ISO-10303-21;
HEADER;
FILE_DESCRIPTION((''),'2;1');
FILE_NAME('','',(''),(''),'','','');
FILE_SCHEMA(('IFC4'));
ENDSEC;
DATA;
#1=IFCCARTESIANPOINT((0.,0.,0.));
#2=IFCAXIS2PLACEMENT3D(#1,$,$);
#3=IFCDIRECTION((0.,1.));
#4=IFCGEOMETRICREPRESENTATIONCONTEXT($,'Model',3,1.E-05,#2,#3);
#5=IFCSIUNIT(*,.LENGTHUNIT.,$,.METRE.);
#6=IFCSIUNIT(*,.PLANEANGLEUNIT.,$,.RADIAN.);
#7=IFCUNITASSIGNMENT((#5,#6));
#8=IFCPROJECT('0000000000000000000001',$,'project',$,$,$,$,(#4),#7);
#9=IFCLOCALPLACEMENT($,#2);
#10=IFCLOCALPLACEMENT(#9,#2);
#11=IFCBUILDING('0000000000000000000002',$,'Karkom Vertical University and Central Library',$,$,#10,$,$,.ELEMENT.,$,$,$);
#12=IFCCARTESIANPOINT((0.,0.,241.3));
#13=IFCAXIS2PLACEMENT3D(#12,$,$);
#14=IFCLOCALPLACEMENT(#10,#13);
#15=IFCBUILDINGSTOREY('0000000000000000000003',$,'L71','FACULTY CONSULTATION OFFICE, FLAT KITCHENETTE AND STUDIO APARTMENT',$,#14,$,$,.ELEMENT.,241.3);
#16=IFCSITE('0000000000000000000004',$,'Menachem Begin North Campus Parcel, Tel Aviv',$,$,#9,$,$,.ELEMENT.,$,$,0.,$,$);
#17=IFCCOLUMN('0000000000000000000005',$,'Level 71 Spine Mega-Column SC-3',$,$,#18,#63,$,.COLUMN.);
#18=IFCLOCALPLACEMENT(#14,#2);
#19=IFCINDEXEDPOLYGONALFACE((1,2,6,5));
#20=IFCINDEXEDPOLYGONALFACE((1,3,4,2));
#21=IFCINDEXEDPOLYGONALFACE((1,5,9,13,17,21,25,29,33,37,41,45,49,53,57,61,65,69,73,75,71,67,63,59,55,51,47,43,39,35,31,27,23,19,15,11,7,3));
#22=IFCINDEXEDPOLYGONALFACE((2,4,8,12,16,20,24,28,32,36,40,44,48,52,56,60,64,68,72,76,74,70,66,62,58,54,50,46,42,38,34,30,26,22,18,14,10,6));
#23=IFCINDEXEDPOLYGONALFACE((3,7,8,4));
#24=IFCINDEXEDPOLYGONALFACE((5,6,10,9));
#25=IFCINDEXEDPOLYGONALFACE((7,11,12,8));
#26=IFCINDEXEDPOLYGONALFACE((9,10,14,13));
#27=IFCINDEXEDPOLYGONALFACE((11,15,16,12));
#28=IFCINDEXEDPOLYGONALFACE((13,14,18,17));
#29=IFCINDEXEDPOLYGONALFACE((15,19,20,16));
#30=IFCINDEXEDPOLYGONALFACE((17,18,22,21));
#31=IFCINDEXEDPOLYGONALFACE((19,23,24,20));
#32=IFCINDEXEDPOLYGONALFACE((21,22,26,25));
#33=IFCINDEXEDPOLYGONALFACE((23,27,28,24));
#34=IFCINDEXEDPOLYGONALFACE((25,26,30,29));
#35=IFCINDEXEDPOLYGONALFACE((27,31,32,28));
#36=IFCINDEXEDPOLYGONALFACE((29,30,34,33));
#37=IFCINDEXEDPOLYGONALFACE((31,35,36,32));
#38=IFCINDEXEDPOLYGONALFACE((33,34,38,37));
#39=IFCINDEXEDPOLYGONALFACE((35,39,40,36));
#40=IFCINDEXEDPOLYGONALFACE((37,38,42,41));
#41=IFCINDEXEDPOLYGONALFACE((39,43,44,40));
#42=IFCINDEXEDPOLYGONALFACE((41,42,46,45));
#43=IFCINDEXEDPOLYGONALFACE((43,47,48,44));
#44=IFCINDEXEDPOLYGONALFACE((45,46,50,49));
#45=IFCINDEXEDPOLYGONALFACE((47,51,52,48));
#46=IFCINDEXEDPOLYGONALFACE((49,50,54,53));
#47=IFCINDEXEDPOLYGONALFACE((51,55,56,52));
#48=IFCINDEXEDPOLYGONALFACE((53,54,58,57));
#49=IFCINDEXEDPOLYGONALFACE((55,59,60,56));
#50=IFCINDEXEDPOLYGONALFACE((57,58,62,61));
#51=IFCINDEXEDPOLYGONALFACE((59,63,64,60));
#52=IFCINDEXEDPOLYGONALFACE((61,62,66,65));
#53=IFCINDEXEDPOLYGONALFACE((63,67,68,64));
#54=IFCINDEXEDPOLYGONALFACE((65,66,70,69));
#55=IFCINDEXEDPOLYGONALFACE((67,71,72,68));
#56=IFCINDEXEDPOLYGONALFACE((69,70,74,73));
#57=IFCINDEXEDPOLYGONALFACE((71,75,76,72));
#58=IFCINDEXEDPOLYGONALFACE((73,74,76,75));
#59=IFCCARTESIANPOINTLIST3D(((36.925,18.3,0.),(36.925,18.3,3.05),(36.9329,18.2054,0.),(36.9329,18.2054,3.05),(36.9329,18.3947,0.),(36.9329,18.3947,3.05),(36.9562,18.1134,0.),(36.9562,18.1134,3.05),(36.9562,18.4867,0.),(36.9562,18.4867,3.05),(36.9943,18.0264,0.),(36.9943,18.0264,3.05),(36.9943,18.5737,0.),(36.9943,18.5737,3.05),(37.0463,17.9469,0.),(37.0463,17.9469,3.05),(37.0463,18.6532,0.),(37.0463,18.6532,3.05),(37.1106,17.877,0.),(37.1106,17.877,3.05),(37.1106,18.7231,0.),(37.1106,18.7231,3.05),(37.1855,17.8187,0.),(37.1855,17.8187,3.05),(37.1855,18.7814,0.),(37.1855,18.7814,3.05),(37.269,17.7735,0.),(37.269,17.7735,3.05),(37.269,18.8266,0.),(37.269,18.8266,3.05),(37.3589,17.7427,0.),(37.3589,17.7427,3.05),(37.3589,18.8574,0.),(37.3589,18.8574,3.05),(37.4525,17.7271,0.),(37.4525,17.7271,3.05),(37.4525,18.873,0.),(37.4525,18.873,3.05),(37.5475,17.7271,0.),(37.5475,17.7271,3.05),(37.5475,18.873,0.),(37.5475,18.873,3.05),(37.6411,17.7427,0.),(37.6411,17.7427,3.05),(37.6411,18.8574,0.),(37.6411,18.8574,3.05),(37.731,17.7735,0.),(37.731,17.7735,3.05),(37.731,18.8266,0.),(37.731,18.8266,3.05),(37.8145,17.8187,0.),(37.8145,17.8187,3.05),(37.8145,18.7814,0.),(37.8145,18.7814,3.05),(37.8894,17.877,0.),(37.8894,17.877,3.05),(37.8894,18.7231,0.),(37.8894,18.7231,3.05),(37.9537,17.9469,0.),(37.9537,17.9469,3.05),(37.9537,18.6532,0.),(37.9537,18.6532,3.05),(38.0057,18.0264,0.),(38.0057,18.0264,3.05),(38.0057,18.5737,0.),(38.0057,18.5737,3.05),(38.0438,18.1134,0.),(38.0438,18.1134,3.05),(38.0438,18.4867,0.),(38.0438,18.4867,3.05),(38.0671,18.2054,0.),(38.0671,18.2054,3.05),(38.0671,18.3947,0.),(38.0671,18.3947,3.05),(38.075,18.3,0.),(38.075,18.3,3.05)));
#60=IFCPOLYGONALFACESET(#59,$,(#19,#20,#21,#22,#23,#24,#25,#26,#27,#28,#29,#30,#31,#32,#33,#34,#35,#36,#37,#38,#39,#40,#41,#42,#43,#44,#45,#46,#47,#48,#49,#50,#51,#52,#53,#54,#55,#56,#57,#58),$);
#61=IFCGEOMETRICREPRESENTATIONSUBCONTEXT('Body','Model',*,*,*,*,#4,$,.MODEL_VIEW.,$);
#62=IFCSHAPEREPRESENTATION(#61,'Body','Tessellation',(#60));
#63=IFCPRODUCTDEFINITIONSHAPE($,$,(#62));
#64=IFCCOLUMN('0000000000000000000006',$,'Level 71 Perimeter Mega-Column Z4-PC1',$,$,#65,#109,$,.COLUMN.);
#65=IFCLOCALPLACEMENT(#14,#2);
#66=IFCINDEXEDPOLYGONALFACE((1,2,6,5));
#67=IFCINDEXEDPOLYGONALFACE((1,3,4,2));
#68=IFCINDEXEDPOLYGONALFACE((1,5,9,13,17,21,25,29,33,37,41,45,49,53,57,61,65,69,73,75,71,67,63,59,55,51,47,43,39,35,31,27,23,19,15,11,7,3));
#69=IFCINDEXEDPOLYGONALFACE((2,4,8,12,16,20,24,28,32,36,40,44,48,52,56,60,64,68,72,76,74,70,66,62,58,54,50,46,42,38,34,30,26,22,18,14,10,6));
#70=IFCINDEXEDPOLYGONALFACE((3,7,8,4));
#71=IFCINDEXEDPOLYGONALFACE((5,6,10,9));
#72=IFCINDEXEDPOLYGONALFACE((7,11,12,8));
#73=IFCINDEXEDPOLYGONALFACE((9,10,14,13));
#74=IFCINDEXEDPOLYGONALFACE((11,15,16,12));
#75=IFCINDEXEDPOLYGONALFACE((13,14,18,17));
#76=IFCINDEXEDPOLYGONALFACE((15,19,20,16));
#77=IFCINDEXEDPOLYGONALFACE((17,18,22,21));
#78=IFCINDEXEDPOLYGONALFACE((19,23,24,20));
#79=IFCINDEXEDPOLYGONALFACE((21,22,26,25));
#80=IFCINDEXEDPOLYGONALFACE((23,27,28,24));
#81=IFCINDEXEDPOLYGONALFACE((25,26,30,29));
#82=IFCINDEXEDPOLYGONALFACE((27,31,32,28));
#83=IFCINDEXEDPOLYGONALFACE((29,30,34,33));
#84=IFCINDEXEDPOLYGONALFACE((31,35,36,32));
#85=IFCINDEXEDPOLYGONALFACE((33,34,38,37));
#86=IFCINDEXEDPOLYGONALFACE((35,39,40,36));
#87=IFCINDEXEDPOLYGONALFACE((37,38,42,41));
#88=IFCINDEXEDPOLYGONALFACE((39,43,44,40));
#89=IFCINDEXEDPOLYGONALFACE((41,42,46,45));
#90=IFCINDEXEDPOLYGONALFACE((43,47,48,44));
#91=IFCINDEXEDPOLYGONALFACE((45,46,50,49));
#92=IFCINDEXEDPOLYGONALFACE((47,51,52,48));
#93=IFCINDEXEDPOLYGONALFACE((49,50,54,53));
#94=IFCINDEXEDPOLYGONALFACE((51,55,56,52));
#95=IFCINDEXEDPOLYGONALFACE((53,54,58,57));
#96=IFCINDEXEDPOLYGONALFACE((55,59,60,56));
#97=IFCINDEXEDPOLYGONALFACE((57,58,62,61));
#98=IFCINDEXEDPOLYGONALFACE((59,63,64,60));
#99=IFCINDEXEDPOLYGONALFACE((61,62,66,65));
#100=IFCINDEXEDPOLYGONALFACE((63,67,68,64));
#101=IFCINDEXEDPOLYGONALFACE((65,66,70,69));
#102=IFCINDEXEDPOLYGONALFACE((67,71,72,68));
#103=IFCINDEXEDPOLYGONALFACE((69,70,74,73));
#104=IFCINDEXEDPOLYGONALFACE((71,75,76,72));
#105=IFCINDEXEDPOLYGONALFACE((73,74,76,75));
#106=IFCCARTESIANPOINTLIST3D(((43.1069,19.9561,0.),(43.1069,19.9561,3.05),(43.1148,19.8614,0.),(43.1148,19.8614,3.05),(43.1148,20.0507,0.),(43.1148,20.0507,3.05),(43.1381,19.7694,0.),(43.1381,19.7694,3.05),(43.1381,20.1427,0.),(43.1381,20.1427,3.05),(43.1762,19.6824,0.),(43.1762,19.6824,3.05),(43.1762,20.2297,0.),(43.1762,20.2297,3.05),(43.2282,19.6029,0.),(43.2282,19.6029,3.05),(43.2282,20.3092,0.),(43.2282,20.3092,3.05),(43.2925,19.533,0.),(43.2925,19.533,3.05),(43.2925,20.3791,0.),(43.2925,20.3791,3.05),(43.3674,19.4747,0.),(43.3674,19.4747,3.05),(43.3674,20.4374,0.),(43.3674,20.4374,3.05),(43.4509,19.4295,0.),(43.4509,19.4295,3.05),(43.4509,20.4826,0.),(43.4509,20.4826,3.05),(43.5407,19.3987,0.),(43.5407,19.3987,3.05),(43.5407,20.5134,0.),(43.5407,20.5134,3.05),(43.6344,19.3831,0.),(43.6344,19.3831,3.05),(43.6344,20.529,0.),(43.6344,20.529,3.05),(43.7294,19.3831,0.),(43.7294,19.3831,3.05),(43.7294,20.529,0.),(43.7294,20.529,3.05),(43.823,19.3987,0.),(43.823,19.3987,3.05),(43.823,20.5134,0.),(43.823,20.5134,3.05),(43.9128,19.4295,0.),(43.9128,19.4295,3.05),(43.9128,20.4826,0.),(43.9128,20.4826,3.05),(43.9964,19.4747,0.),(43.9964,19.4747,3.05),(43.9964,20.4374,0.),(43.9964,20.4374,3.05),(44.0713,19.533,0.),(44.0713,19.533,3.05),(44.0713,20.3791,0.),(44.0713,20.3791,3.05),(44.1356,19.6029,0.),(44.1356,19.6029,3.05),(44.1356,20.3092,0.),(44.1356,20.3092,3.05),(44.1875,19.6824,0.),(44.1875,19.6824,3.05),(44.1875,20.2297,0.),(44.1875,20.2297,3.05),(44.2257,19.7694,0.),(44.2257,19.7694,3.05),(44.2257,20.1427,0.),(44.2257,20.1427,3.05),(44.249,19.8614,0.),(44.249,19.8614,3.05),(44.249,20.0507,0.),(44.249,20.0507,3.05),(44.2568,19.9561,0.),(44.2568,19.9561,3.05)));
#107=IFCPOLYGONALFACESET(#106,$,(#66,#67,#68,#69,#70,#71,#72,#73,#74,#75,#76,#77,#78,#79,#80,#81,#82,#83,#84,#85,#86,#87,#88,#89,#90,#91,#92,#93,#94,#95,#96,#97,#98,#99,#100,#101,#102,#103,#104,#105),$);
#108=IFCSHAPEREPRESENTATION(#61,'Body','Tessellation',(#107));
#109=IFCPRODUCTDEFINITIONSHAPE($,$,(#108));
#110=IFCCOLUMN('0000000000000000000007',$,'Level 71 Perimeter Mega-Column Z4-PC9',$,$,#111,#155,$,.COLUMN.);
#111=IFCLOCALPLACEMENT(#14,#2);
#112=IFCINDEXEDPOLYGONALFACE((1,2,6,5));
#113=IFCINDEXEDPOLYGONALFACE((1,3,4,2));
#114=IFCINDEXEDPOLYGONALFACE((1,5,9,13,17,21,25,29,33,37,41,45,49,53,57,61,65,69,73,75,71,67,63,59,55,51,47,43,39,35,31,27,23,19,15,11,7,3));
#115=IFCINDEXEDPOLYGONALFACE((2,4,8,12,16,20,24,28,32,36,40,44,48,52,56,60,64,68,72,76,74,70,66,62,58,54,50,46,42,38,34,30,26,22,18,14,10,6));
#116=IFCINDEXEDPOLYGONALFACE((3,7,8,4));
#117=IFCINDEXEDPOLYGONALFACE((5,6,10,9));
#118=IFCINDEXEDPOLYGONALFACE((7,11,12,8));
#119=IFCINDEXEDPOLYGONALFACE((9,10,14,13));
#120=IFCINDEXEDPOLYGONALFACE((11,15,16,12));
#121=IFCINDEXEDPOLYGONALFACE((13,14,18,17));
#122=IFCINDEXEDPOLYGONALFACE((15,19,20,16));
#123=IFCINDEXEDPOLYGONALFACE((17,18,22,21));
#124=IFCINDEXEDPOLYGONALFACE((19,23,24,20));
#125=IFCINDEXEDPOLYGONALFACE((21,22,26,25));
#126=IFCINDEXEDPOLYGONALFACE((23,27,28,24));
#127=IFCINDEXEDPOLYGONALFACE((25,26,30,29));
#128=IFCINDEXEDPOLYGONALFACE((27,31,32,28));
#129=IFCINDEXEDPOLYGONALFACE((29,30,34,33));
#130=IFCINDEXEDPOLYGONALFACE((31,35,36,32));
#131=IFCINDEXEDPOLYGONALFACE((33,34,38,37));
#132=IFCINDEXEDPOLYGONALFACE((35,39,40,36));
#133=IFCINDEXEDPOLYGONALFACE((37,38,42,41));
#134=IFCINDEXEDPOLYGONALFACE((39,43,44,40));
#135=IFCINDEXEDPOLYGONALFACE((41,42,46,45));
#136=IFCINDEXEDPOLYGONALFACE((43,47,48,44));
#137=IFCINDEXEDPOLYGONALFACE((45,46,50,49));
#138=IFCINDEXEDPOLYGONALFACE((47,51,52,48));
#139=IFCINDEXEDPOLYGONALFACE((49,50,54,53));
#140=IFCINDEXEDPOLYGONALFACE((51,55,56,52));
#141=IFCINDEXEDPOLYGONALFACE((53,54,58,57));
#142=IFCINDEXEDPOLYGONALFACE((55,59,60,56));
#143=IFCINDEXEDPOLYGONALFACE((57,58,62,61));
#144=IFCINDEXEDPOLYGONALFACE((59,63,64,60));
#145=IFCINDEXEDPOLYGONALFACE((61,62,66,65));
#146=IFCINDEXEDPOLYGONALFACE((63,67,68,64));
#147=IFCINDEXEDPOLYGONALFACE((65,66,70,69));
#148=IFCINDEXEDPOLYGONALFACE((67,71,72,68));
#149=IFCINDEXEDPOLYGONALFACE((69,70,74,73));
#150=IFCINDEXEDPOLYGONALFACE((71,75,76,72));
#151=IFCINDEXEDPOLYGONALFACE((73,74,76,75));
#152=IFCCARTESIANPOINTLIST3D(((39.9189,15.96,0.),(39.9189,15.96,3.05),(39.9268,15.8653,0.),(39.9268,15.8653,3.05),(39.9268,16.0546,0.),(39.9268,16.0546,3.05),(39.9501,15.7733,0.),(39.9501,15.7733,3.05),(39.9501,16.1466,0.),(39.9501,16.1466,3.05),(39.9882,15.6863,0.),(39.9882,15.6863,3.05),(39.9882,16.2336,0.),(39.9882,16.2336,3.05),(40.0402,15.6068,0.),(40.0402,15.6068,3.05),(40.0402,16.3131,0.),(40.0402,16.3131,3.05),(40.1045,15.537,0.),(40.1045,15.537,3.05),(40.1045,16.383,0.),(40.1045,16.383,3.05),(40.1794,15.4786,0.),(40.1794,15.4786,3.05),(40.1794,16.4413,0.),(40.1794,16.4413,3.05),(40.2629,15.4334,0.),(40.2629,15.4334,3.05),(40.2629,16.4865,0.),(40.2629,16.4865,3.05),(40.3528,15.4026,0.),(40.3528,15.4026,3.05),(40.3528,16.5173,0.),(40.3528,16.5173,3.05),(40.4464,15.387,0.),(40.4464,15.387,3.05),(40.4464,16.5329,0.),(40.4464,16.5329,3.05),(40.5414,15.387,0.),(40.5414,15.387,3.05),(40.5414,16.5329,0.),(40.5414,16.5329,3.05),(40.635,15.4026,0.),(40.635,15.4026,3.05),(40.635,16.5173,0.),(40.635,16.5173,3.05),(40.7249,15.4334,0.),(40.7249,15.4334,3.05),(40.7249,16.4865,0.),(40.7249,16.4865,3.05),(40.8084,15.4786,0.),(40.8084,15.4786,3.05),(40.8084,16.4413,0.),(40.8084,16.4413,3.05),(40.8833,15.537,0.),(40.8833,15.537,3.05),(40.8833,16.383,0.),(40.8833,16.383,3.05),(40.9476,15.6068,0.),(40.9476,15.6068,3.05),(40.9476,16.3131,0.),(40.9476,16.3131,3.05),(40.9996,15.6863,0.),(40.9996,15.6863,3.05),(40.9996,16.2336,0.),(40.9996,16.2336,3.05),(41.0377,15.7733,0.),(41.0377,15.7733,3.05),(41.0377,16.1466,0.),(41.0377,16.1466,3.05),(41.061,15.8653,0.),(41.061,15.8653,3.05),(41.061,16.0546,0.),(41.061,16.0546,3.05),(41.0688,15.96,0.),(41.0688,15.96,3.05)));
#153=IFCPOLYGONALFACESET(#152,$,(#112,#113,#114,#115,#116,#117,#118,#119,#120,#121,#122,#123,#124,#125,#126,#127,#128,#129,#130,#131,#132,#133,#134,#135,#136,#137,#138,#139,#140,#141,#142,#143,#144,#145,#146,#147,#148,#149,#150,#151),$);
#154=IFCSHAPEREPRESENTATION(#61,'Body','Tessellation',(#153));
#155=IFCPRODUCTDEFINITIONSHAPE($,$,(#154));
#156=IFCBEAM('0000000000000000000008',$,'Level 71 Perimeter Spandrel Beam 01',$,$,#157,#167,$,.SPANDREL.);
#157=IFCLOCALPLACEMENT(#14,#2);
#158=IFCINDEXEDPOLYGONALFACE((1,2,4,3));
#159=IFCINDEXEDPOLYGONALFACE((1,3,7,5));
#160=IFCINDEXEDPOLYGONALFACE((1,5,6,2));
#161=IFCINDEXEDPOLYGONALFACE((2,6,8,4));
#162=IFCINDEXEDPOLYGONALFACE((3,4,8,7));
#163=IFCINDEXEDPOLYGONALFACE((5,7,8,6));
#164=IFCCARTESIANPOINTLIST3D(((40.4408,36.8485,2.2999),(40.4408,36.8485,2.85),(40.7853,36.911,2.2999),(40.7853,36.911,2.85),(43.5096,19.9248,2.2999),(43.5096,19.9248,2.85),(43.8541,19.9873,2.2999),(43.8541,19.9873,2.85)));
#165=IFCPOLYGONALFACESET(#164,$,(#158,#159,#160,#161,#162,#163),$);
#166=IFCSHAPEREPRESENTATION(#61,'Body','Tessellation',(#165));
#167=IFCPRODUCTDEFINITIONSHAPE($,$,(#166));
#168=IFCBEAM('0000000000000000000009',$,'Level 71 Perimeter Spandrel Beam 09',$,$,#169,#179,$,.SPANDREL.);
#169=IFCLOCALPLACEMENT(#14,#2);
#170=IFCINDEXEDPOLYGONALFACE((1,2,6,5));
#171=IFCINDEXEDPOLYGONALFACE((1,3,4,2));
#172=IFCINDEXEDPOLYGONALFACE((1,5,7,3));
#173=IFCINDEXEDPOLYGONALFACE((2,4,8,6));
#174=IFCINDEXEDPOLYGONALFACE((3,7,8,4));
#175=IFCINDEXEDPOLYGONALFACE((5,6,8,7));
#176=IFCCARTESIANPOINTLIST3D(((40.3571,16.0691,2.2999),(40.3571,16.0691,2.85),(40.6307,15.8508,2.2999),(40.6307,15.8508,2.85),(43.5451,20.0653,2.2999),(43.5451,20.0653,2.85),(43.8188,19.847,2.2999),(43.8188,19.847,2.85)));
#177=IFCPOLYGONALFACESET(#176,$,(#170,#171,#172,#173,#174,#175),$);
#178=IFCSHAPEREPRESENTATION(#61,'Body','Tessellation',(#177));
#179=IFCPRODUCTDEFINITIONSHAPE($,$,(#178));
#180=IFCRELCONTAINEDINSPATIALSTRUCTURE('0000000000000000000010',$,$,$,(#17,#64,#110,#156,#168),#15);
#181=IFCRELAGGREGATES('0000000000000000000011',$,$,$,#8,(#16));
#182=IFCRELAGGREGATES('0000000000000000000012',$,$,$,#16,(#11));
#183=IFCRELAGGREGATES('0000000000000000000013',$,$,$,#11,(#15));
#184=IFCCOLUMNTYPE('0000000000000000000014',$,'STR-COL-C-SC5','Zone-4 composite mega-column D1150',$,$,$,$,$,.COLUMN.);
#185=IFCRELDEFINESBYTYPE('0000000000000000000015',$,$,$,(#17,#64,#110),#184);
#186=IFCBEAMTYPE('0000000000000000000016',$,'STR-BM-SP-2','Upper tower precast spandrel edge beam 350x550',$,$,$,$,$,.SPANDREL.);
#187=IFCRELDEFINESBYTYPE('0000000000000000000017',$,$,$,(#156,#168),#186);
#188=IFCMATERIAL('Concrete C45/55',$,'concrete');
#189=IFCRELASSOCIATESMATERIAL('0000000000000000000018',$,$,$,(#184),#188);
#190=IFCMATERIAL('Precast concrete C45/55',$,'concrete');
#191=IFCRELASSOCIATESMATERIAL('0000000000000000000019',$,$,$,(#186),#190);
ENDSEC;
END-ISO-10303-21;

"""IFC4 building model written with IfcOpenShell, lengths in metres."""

from ifc_helpers import new_model, si_unit, direction, frame, origin, origin_with_axes, origin_2d, place, context, subcontext, project, spatial, rectangle, circle, extrude, source, transform, mapped, material, material_profile, profile_set, type_object, element, save


model = new_model("IFC4")

# Units and contexts
model_context = context("Model", 3, precision=1e-05, world=origin(), true_north=direction((0.0, 1.0)))
body_context = subcontext(model_context, "Body", "Model", "MODEL_VIEW")
ifc_project = project(units=[si_unit("LENGTHUNIT", "METRE"), si_unit("PLANEANGLEUNIT", "RADIAN")], contexts=[model_context])

# Site, building, storey
site_placement = place(None, origin())
site = spatial("IfcSite", under=ifc_project, at=site_placement, Name="Menachem Begin North Campus Parcel, Tel Aviv", CompositionType="ELEMENT", RefElevation=0.0)
building_placement = place(site_placement, origin())
building = spatial("IfcBuilding", under=site, at=building_placement, Name="Karkom Vertical University and Central Library", CompositionType="ELEMENT")
storey_placement = place(building_placement, frame((0.0, 0.0, 241.3)))
storey = spatial("IfcBuildingStorey", under=building, at=storey_placement, Name="L71", Description="FACULTY CONSULTATION OFFICE, FLAT KITCHENETTE AND STUDIO APARTMENT", CompositionType="ELEMENT", Elevation=241.3)

# Columns
ifc_material_1 = material(Name="Concrete C45/55", Category="concrete")
ifc_material_profile_1 = material_profile(ifc_material_1, circle(Radius=0.575, at=origin_2d()), Name="CFT-D1150")
ifc_profile_set_1 = profile_set([ifc_material_profile_1], Name="Concrete C45/55")
column_type = type_object("IfcColumnType", Name="STR-COL-C-SC5", Description="Zone-4 composite mega-column D1150", PredefinedType="COLUMN", material=ifc_profile_set_1)
shared_shape_1 = source(origin_with_axes(), body_context, "Body", "SweptSolid", [
    extrude(circle(Radius=0.575, at=origin_2d()), origin(), (0.0, 0.0, 1.0), 3.05),
])
for number, where, z_axis, x_axis, name in (
    (1, (37.5, 18.3, 0.0), (0.0, 0.0, 1.0), (1.0, 0.0, 0.0), "Level 71 Spine Mega-Column SC-3"),
    (2, (43.6819, 19.9561, 0.0), (0.0, 0.0, 1.0), (1.0, 0.0, 0.0), "Level 71 Perimeter Mega-Column Z4-PC1"),
    (3, (40.4939, 15.96, 0.0), (0.0, 0.0, 1.0), (1.0, 0.0, 0.0), "Level 71 Perimeter Mega-Column Z4-PC9"),
):
    element("IfcColumn", number, at=place(storey_placement, frame(where, z_axis=z_axis, x_axis=x_axis)), inside=storey, type_object=column_type, Name=name, PredefinedType="COLUMN", context=body_context, shape_type="MappedRepresentation", body=[
        mapped(shared_shape_1, transform((0.0, 0.0, 0.0), scale=1.0)),
    ])

# Beams
ifc_material_2 = material(Name="Precast concrete C45/55", Category="concrete")
ifc_material_profile_2 = material_profile(ifc_material_2, rectangle(XDim=0.3501, YDim=0.55, at=origin_2d()), Name="SPB-350x550")
ifc_profile_set_2 = profile_set([ifc_material_profile_2], Name="Precast concrete C45/55")
beam_type_1 = type_object("IfcBeamType", Name="STR-BM-SP-2", Description="Upper tower precast spandrel edge beam 350x550", PredefinedType="SPANDREL", material=ifc_profile_set_2)
shared_shape_2 = source(origin_with_axes(), body_context, "Body", "SweptSolid", [
    extrude(rectangle(XDim=0.3501, YDim=0.55, at=origin_2d()), origin(), (0.0, 0.0, 1.0), 17.1997),
])
beam_1_placement = place(storey_placement, frame((43.6819, 19.9561, 2.575), z_axis=(-0.178423, 0.983954, 0.0), x_axis=(-0.983954, -0.178423, 0.0)))
element("IfcBeam", 4, at=beam_1_placement, inside=storey, type_object=beam_type_1, Name="Level 71 Perimeter Spandrel Beam 01", PredefinedType="SPANDREL", context=body_context, shape_type="MappedRepresentation", body=[
    mapped(shared_shape_2, transform((0.0, 0.0, 0.0), scale=1.0)),
])
shared_shape_3 = source(origin_with_axes(), body_context, "Body", "SweptSolid", [
    extrude(rectangle(XDim=0.3501, YDim=0.55, at=origin_2d()), origin(), (0.0, 0.0, 1.0), 5.1121),
])
beam_2_placement = place(storey_placement, frame((40.4939, 15.96, 2.575), z_axis=(0.623634, 0.781716, 0.0), x_axis=(-0.781716, 0.623634, 0.0)))
element("IfcBeam", 5, at=beam_2_placement, inside=storey, type_object=beam_type_1, Name="Level 71 Perimeter Spandrel Beam 09", PredefinedType="SPANDREL", context=body_context, shape_type="MappedRepresentation", body=[
    mapped(shared_shape_3, transform((0.0, 0.0, 0.0), scale=1.0)),
])

save(model, "model.ifc")
